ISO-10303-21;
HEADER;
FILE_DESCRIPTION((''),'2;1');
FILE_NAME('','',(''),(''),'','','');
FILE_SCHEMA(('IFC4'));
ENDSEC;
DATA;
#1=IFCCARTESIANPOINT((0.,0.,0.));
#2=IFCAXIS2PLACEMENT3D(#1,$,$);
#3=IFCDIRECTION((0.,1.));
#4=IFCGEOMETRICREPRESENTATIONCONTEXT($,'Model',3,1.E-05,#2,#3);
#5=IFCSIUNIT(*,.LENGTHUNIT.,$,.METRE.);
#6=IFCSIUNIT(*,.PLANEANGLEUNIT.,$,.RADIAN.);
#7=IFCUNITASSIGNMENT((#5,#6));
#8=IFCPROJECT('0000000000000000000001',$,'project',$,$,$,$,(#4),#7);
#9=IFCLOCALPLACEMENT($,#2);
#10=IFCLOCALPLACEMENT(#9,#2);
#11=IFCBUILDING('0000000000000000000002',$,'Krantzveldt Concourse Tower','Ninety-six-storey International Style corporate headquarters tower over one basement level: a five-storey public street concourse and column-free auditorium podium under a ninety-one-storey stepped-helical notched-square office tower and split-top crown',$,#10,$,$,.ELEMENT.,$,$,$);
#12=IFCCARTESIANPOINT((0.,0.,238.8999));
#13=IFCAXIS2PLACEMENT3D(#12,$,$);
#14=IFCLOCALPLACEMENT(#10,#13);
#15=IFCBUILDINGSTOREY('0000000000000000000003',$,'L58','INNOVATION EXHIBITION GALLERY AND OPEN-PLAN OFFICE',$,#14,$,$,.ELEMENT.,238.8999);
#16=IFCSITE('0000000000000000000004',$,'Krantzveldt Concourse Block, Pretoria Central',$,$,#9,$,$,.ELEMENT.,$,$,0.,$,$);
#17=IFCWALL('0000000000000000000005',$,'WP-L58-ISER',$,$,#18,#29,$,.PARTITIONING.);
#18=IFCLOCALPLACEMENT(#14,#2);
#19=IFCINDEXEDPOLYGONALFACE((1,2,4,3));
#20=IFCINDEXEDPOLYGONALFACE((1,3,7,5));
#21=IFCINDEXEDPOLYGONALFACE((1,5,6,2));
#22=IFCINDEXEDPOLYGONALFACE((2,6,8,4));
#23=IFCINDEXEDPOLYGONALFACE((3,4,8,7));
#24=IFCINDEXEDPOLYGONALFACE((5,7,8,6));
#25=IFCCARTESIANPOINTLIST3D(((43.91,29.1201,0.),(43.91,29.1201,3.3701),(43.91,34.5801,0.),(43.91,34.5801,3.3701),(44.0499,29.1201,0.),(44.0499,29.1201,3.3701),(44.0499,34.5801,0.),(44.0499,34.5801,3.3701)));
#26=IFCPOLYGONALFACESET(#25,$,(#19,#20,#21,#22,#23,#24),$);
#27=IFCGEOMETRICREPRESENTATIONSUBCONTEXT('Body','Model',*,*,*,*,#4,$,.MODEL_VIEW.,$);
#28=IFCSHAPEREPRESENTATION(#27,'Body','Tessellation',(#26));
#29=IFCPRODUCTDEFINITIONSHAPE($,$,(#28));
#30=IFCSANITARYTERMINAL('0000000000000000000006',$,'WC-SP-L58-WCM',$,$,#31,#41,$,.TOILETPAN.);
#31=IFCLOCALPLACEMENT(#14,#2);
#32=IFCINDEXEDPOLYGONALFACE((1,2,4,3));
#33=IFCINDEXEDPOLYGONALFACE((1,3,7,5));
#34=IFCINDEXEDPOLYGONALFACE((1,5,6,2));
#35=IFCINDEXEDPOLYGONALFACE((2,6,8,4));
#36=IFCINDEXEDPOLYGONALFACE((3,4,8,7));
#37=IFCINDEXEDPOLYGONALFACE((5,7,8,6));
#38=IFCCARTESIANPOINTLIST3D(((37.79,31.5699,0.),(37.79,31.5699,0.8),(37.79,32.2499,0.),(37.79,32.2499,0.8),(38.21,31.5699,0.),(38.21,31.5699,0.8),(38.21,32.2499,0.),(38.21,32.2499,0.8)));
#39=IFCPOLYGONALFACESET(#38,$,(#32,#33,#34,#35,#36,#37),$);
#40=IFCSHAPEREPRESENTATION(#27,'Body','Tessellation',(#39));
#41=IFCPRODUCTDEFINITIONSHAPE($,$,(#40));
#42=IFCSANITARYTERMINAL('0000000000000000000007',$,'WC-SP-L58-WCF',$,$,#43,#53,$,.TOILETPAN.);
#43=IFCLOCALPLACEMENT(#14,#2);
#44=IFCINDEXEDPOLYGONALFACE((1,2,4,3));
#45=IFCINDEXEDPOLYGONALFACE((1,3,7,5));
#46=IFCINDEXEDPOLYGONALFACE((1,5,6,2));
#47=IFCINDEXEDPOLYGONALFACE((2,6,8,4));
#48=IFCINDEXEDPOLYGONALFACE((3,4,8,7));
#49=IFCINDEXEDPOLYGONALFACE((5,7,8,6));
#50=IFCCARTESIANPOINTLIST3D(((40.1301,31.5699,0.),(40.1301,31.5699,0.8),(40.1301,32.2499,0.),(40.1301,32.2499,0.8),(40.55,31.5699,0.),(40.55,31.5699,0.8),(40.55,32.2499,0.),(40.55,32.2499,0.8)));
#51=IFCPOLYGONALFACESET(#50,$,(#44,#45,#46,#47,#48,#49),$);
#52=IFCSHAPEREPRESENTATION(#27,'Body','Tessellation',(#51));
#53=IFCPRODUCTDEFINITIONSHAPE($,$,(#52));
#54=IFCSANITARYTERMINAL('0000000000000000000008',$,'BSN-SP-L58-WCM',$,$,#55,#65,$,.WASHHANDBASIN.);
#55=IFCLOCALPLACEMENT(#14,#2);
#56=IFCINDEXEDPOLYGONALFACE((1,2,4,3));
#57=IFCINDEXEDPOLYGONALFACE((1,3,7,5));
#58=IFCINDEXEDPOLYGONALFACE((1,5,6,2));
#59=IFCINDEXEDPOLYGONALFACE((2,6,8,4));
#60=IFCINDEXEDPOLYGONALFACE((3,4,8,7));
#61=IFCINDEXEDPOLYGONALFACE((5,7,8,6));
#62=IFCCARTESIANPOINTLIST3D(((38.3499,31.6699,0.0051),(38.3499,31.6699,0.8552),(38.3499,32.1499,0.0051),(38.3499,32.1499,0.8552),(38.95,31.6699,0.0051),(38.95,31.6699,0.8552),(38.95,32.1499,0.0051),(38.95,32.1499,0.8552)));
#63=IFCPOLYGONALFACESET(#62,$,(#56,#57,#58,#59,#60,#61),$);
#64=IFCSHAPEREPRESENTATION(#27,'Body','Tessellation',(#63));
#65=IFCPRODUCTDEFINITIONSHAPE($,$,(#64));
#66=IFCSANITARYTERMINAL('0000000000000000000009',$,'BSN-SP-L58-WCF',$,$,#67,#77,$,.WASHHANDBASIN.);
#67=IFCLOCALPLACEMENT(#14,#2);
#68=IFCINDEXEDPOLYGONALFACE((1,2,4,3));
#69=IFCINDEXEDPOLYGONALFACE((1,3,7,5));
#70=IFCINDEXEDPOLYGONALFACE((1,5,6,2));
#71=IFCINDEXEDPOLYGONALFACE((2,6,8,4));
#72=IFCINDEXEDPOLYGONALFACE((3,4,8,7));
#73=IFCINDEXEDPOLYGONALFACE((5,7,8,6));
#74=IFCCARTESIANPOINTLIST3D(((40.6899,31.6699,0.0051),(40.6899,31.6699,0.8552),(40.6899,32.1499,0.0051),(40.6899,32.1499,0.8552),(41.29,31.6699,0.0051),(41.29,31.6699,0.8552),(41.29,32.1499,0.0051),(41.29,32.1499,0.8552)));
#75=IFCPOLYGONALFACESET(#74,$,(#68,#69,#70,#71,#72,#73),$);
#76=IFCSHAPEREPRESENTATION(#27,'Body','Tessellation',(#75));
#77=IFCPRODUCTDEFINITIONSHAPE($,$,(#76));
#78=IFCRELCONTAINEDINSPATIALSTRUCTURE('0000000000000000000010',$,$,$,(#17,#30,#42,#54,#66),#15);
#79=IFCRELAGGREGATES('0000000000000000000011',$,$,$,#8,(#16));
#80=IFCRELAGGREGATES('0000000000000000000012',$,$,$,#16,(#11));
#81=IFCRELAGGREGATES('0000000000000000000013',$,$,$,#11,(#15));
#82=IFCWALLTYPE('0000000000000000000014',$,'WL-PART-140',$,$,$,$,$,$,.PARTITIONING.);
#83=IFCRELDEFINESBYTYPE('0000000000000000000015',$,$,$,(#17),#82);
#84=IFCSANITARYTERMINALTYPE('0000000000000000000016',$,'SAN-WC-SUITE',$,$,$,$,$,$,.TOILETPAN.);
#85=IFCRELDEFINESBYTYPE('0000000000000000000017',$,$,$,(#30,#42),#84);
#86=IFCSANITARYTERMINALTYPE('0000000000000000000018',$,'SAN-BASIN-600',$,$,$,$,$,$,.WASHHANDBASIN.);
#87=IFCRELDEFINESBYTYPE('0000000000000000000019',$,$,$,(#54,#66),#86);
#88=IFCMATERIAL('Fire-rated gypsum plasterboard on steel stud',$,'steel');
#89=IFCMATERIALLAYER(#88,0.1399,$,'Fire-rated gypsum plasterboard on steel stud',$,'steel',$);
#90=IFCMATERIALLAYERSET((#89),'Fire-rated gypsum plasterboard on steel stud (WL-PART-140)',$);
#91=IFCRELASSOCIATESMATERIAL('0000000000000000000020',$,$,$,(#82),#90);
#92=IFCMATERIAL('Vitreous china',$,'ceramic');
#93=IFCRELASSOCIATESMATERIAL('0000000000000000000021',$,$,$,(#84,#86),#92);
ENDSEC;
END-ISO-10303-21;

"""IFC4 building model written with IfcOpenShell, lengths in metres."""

from ifc_helpers import new_model, si_unit, direction, frame, frame_2d, origin, origin_2d, place, context, subcontext, project, spatial, rectangle, extrude, source, transform, mapped, material, layer, layer_set, type_object, type_shapes, element, save


model = new_model("IFC4")

# Units and contexts
model_context = context("Model", 3, precision=1e-05, world=origin(), true_north=direction((0.0, 1.0)))
body_context = subcontext(model_context, "Body", "Model", "MODEL_VIEW")
ifc_project = project(units=[si_unit("LENGTHUNIT", "METRE"), si_unit("PLANEANGLEUNIT", "RADIAN")], contexts=[model_context])

# Site, building, storey
site_placement = place(None, origin())
site = spatial("IfcSite", under=ifc_project, at=site_placement, Name="Krantzveldt Concourse Block, Pretoria Central", CompositionType="ELEMENT", RefElevation=0.0)
building_placement = place(site_placement, origin())
building = spatial("IfcBuilding", under=site, at=building_placement, Name="Krantzveldt Concourse Tower", Description="Ninety-six-storey International Style corporate headquarters tower over one basement level: a five-storey public street concourse and column-free auditorium podium under a ninety-one-storey stepped-helical notched-square office tower and split-top crown", CompositionType="ELEMENT")
storey_placement = place(building_placement, frame((0.0, 0.0, 238.8999)))
storey = spatial("IfcBuildingStorey", under=building, at=storey_placement, Name="L58", Description="INNOVATION EXHIBITION GALLERY AND OPEN-PLAN OFFICE", CompositionType="ELEMENT", Elevation=238.8999)

# Shared definitions
ifc_material_1 = material(Name="Fire-rated gypsum plasterboard on steel stud", Category="steel")

# Shared definitions
ifc_layer_1 = layer(ifc_material_1, 0.1399, Name="Fire-rated gypsum plasterboard on steel stud", Category="steel")
ifc_layer_set_1 = layer_set([ifc_layer_1], Name="Fire-rated gypsum plasterboard on steel stud (WL-PART-140)")
wall_type_1 = type_object("IfcWallType", Name="WL-PART-140", PredefinedType="PARTITIONING", material=ifc_layer_set_1)

# Wall
wall_1_placement = place(storey_placement, frame((43.98, 29.1201, 0.0), z_axis=(0.0, 0.0, 1.0), x_axis=(0.0, 1.0, 0.0)))
element("IfcWall", 1, at=wall_1_placement, inside=storey, type_object=wall_type_1, Name="WP-L58-ISER", PredefinedType="PARTITIONING", context=body_context, shape_type="SweptSolid", body=[
    extrude(rectangle(XDim=5.46, YDim=0.1399, at=frame_2d((2.73, 0.0))), origin(), (0.0, 0.0, 1.0), 3.3701),
])

# Sanitary terminals
ifc_material_2 = material(Name="Vitreous china", Category="ceramic")
sanitary_terminal_type_1 = type_object("IfcSanitaryTerminalType", Name="SAN-WC-SUITE", PredefinedType="TOILETPAN", material=ifc_material_2)
shared_shape_1 = source(origin(), body_context, "Body", "SweptSolid", [
    extrude(rectangle(XDim=0.4199, YDim=0.6799, at=origin_2d()), origin(), (0.0, 0.0, 1.0), 0.8),
])
type_shapes(sanitary_terminal_type_1, [shared_shape_1])
for number, where, z_axis, x_axis, name in (
    (2, (38.0, 31.9099, 0.0), (0.0, 0.0, 1.0), (1.0, 0.0, 0.0), "WC-SP-L58-WCM"),
    (3, (40.3401, 31.9099, 0.0), (0.0, 0.0, 1.0), (1.0, 0.0, 0.0), "WC-SP-L58-WCF"),
):
    element("IfcSanitaryTerminal", number, at=place(storey_placement, frame(where, z_axis=z_axis, x_axis=x_axis)), inside=storey, type_object=sanitary_terminal_type_1, Name=name, PredefinedType="TOILETPAN", context=body_context, shape_type="MappedRepresentation", body=[
        mapped(shared_shape_1, transform((0.0, 0.0, 0.0), x_axis=(1.0, 0.0, 0.0), y_axis=(0.0, 1.0, 0.0), z_axis=(0.0, 0.0, 1.0), scale=1.0)),
    ])
sanitary_terminal_type_2 = type_object("IfcSanitaryTerminalType", Name="SAN-BASIN-600", PredefinedType="WASHHANDBASIN", material=ifc_material_2)
shared_shape_2 = source(origin(), body_context, "Body", "SweptSolid", [
    extrude(rectangle(XDim=0.6001, YDim=0.48, at=origin_2d()), origin(), (0.0, 0.0, 1.0), 0.8501),
])
type_shapes(sanitary_terminal_type_2, [shared_shape_2])
for number, where, z_axis, x_axis, name in (
    (4, (38.6499, 31.9099, 0.0051), (0.0, 0.0, 1.0), (1.0, 0.0, 0.0), "BSN-SP-L58-WCM"),
    (5, (40.99, 31.9099, 0.0051), (0.0, 0.0, 1.0), (1.0, 0.0, 0.0), "BSN-SP-L58-WCF"),
):
    element("IfcSanitaryTerminal", number, at=place(storey_placement, frame(where, z_axis=z_axis, x_axis=x_axis)), inside=storey, type_object=sanitary_terminal_type_2, Name=name, PredefinedType="WASHHANDBASIN", context=body_context, shape_type="MappedRepresentation", body=[
        mapped(shared_shape_2, transform((0.0, 0.0, 0.0), x_axis=(1.0, 0.0, 0.0), y_axis=(0.0, 1.0, 0.0), z_axis=(0.0, 0.0, 1.0), scale=1.0)),
    ])

save(model, "model.ifc")
